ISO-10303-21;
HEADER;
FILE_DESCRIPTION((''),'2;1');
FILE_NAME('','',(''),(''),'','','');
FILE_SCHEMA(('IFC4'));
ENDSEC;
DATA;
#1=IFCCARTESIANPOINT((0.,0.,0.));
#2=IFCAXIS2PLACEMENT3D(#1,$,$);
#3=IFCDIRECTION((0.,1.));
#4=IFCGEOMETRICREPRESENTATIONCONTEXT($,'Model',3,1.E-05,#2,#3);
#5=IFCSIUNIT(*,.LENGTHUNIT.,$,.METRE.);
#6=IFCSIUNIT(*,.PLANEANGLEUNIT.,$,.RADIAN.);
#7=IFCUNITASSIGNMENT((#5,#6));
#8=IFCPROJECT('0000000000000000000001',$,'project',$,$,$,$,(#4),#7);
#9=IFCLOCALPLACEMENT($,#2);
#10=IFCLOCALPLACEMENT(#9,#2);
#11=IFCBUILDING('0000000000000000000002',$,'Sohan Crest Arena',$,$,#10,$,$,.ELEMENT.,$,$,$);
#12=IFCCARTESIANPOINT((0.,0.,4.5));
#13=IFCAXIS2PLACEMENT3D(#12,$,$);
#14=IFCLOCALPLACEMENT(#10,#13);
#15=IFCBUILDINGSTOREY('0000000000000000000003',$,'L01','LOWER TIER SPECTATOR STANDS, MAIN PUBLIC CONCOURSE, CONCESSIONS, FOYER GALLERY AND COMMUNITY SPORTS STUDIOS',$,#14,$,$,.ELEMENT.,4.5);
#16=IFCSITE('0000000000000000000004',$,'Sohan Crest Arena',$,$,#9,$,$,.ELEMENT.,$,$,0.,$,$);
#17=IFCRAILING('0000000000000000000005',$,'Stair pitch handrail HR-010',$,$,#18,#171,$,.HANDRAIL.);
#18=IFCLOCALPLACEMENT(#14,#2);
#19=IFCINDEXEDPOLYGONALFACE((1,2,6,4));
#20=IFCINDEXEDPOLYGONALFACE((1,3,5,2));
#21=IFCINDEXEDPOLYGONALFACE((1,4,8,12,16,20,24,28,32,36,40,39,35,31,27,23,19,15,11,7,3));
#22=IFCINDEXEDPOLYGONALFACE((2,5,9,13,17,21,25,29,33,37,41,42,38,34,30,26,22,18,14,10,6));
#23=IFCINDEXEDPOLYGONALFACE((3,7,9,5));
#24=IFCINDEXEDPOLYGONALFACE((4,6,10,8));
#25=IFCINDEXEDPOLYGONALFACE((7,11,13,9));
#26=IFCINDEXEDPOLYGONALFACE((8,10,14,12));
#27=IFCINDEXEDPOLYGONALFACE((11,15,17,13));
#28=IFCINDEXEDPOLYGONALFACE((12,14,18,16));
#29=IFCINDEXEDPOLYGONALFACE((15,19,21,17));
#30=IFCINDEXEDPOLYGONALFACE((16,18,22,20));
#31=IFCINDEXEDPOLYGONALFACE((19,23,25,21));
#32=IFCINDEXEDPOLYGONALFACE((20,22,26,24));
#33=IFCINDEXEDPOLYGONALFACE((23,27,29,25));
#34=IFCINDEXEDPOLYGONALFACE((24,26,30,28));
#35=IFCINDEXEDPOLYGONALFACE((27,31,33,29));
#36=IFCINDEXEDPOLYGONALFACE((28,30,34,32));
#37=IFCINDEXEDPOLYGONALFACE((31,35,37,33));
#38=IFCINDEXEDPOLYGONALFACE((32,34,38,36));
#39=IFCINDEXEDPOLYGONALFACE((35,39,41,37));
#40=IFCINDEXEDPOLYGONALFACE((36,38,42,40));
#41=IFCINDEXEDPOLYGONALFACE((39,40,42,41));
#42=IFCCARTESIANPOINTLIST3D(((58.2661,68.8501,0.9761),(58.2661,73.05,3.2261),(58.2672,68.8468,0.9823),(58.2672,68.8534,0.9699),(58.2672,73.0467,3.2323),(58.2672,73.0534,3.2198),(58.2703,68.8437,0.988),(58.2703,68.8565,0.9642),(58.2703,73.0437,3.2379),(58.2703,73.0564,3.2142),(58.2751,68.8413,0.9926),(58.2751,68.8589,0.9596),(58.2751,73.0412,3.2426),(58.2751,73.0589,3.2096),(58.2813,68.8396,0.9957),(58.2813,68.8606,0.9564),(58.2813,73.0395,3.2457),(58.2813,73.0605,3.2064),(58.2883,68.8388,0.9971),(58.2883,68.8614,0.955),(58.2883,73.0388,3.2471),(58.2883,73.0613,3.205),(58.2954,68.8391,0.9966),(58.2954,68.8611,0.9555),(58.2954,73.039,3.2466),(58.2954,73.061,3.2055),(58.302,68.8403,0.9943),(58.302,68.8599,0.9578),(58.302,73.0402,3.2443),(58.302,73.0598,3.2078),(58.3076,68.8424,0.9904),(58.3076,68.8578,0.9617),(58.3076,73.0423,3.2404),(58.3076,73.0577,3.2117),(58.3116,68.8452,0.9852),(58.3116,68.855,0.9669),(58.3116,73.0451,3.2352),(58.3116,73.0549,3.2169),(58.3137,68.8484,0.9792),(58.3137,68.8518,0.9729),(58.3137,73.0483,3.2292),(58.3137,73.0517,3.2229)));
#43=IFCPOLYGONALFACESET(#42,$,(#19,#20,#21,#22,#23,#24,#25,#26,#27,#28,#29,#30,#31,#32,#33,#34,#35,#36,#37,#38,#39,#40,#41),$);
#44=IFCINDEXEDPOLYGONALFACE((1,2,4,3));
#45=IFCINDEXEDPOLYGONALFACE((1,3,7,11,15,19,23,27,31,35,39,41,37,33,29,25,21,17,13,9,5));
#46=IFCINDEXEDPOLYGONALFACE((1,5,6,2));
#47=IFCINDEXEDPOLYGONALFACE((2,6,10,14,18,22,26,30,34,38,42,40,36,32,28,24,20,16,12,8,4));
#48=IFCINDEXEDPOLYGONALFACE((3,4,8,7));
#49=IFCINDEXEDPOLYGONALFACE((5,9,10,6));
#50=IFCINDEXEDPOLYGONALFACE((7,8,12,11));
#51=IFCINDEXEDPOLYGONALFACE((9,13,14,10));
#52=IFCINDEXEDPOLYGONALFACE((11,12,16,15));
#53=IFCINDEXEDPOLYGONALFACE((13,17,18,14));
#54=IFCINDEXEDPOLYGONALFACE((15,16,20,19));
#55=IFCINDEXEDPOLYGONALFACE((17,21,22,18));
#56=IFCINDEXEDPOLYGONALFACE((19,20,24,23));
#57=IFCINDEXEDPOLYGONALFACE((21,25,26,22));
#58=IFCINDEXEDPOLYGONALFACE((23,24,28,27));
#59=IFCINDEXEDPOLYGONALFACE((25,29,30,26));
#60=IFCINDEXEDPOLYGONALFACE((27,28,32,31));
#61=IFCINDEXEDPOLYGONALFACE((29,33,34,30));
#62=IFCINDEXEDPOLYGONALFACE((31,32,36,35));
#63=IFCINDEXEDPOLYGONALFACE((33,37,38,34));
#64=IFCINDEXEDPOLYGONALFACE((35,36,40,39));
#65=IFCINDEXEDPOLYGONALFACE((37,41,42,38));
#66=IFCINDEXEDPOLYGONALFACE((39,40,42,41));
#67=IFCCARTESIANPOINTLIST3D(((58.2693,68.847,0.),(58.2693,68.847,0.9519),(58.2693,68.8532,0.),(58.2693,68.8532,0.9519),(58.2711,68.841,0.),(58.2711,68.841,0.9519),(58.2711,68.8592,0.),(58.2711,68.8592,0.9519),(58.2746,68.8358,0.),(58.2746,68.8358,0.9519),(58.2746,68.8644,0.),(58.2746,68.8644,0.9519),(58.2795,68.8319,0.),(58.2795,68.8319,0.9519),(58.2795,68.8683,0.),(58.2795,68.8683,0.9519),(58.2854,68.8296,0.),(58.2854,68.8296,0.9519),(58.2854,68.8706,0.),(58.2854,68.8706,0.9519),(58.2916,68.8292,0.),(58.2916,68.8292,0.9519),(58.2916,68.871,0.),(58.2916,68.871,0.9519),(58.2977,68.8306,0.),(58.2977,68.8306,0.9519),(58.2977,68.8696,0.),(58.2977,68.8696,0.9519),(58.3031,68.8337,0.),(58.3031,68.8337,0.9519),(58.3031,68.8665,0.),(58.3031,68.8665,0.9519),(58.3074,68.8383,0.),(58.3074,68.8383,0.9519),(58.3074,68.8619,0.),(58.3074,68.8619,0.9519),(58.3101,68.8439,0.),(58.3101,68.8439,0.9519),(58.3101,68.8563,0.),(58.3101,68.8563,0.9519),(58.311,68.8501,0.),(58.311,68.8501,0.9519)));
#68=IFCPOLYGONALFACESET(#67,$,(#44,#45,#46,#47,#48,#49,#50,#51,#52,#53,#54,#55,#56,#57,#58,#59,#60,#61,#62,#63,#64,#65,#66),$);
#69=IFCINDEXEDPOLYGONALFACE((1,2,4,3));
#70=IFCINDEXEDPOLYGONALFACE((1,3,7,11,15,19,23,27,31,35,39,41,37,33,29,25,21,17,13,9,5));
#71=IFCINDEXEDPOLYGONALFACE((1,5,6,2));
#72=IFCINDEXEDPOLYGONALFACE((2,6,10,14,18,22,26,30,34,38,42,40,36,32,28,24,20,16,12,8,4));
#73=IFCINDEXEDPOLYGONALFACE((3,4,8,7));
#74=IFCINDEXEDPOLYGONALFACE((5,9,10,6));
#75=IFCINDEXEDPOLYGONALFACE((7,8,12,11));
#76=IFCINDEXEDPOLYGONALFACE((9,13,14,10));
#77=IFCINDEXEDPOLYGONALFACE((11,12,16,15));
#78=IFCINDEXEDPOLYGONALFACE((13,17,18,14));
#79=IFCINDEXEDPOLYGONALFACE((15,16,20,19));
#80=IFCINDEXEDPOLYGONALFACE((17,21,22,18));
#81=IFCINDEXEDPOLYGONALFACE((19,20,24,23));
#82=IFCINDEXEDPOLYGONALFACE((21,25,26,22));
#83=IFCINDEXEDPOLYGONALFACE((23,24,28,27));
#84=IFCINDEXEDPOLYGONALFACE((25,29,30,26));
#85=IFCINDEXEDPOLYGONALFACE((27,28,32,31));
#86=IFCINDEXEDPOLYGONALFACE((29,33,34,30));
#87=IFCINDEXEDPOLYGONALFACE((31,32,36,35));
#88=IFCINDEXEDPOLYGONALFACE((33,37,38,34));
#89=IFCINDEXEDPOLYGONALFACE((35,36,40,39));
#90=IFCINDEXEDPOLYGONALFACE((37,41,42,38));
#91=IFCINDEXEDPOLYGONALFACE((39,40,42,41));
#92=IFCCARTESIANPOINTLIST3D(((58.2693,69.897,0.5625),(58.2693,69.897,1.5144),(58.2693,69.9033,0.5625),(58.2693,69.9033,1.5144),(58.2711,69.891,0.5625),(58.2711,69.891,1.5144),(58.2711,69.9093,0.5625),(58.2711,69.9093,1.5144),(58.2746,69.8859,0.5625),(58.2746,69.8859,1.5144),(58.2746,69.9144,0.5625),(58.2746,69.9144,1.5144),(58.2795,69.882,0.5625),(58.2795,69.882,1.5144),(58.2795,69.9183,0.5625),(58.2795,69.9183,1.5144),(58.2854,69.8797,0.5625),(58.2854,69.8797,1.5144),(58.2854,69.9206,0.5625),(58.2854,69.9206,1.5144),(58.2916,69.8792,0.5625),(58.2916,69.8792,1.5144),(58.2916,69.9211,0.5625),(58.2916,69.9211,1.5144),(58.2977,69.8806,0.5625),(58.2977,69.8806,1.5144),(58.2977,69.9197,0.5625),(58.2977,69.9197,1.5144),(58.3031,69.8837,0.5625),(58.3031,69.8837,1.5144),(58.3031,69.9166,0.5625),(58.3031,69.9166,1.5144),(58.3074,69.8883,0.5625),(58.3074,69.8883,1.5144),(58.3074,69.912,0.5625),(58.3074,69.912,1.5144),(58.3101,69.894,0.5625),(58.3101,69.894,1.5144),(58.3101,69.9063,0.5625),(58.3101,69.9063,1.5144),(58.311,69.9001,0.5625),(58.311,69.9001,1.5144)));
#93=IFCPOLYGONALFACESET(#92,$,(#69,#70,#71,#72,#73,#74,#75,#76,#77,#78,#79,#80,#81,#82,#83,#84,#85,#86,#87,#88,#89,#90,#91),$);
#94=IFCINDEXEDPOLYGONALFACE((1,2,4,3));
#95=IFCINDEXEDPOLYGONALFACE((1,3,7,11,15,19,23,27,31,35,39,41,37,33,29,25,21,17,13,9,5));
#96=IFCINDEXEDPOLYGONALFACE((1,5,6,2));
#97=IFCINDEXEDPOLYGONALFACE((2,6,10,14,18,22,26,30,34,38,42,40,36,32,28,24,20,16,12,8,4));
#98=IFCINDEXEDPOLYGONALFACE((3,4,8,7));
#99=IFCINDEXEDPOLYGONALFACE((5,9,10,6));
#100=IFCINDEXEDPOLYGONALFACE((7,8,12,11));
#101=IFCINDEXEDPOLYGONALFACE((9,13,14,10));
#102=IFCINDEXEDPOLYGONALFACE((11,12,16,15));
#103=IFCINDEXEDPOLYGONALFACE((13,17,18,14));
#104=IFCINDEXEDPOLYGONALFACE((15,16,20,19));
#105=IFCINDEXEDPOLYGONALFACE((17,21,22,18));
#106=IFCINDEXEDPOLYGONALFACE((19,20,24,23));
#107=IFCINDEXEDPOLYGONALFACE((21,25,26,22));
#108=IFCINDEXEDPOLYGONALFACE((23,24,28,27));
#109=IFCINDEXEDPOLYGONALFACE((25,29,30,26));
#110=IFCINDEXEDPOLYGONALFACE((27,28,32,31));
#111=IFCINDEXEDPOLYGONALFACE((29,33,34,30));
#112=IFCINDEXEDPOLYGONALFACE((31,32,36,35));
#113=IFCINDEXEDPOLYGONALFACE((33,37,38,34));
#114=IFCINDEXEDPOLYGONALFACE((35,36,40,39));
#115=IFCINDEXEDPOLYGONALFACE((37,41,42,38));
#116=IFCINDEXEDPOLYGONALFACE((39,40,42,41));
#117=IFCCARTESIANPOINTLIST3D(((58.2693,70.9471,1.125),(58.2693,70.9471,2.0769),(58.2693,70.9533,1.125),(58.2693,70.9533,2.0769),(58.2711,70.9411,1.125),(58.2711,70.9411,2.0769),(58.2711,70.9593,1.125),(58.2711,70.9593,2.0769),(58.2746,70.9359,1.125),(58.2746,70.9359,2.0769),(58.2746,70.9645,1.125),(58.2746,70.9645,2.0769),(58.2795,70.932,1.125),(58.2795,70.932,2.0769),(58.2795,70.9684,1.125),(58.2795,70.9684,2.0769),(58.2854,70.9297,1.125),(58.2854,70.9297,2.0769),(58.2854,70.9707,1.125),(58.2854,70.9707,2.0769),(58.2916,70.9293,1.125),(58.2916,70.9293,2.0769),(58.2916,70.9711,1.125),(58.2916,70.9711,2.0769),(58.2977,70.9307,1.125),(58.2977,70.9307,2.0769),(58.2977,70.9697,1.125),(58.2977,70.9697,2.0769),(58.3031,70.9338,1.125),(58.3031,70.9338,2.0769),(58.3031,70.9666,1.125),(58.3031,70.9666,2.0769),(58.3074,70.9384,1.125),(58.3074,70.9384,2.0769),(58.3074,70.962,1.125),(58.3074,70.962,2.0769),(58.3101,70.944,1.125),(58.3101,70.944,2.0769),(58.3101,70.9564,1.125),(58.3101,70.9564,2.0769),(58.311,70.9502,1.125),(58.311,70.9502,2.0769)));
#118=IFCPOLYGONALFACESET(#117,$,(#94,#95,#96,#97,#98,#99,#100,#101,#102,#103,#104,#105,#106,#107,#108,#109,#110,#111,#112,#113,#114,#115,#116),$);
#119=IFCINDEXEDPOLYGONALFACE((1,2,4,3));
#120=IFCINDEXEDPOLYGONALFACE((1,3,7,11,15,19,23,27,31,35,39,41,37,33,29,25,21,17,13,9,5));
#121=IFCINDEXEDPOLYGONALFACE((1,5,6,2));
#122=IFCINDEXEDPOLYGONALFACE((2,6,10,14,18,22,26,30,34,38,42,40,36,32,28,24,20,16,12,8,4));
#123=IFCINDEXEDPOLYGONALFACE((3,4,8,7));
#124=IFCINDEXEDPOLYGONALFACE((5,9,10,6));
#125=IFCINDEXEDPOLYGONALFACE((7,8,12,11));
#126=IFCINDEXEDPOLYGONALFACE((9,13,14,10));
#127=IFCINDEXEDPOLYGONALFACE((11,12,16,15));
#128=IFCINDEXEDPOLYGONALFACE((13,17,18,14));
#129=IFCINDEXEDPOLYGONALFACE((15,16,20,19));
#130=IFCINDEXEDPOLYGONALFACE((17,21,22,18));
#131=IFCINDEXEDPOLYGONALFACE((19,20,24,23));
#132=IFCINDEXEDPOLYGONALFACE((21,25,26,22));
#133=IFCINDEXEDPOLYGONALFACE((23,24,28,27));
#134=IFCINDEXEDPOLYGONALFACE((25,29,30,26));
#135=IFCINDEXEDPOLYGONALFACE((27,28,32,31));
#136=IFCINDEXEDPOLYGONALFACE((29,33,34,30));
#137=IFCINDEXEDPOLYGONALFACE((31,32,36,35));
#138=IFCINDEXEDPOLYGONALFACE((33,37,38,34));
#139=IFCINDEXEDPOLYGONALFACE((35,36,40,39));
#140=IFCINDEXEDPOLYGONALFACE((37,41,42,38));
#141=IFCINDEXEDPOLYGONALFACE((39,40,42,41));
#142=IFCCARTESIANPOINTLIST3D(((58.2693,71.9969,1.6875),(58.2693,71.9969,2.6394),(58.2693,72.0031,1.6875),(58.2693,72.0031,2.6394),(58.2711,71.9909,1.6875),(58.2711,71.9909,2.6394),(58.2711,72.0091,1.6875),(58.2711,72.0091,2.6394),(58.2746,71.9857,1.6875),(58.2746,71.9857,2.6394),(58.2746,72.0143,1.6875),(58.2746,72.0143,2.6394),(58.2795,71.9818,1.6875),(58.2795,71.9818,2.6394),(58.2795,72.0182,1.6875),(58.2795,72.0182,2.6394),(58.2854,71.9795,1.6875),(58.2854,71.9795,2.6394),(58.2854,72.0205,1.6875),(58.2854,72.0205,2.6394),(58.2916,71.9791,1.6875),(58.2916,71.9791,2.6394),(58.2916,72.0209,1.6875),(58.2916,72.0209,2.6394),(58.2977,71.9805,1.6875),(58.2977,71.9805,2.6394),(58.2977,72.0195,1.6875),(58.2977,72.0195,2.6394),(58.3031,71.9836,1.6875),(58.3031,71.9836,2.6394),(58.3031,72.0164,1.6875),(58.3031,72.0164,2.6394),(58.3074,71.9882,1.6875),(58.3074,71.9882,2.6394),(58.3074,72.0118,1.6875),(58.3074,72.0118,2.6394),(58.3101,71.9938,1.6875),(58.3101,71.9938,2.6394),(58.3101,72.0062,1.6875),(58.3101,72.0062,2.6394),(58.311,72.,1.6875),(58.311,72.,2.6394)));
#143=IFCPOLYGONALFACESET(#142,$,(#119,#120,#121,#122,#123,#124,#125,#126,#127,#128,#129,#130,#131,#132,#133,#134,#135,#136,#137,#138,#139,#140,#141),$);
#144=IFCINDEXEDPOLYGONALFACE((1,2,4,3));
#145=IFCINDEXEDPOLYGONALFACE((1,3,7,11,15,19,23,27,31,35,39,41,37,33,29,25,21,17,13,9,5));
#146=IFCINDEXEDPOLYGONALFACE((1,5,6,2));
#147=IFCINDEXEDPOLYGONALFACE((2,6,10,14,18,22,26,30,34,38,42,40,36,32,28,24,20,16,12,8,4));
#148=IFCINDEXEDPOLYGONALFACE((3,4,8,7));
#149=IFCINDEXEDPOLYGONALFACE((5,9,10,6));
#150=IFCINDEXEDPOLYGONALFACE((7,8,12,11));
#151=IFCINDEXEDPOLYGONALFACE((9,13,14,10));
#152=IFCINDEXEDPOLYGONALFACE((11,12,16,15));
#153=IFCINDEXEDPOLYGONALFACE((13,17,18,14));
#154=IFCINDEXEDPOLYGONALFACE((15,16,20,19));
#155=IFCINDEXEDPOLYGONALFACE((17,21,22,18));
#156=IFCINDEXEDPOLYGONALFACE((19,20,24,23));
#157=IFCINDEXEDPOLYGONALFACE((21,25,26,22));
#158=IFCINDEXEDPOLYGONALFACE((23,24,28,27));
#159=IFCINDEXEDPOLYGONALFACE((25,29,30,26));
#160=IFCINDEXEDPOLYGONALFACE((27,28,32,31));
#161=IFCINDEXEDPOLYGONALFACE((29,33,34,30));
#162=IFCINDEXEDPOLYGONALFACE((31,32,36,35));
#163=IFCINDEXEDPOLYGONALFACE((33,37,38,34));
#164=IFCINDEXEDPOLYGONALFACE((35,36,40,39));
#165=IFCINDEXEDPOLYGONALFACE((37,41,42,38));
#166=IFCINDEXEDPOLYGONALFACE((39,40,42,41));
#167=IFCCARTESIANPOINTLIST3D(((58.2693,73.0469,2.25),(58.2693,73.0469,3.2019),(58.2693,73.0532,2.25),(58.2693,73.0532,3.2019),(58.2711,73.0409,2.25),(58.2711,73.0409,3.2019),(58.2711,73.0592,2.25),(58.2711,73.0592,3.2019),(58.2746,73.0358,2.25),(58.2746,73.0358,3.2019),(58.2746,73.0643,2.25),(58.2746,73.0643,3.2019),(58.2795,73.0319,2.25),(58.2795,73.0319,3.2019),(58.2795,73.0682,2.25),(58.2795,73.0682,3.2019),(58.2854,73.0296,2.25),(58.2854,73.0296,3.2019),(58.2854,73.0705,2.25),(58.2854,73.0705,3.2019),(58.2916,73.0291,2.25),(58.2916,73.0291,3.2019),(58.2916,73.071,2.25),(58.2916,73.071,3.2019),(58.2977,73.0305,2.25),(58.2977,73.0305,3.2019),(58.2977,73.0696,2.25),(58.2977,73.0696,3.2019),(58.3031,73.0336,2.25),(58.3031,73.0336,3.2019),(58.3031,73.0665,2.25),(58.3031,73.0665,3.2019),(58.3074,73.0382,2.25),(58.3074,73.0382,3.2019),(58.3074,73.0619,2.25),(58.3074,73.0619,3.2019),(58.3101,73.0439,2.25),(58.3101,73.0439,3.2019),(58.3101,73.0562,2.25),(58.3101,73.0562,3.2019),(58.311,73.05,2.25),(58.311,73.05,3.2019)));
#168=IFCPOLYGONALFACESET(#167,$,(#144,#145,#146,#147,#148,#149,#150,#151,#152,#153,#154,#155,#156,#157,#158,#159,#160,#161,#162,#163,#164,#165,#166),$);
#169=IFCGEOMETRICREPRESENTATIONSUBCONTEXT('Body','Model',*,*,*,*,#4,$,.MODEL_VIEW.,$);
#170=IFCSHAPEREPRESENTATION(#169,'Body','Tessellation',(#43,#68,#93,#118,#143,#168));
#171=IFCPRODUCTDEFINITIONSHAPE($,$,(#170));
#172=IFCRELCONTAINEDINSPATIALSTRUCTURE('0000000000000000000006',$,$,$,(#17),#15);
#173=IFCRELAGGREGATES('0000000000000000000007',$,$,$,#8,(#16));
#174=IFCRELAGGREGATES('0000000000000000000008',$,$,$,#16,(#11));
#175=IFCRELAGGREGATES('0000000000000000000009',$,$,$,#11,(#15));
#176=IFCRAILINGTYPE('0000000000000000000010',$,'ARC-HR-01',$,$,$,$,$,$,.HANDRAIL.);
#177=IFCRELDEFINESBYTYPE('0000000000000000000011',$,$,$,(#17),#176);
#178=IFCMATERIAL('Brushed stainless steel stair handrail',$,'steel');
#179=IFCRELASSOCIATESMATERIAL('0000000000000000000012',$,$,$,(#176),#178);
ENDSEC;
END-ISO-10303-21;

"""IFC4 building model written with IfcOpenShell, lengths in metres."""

from ifc_helpers import new_model, si_unit, direction, frame, origin, origin_2d, place, context, subcontext, project, spatial, circle, extrude, material, type_object, element, save


model = new_model("IFC4")

# Units and contexts
model_context = context("Model", 3, precision=1e-05, world=origin(), true_north=direction((0.0, 1.0)))
body_context = subcontext(model_context, "Body", "Model", "MODEL_VIEW")
ifc_project = project(units=[si_unit("LENGTHUNIT", "METRE"), si_unit("PLANEANGLEUNIT", "RADIAN")], contexts=[model_context])

# Site, building, storey
site_placement = place(None, origin())
site = spatial("IfcSite", under=ifc_project, at=site_placement, Name="Sohan Crest Arena", CompositionType="ELEMENT", RefElevation=0.0)
building_placement = place(site_placement, origin())
building = spatial("IfcBuilding", under=site, at=building_placement, Name="Sohan Crest Arena", CompositionType="ELEMENT")
storey_placement = place(building_placement, frame((0.0, 0.0, 4.5)))
storey = spatial("IfcBuildingStorey", under=building, at=storey_placement, Name="L01", Description="LOWER TIER SPECTATOR STANDS, MAIN PUBLIC CONCOURSE, CONCESSIONS, FOYER GALLERY AND COMMUNITY SPORTS STUDIOS", CompositionType="ELEMENT", Elevation=4.5)

# Railing
ifc_material_1 = material(Name="Brushed stainless steel stair handrail", Category="steel")
railing_type = type_object("IfcRailingType", Name="ARC-HR-01", PredefinedType="HANDRAIL", material=ifc_material_1)
railing_placement = place(storey_placement, frame((58.29, 68.8501, 0.0)))
element("IfcRailing", 1, at=railing_placement, inside=storey, type_object=railing_type, Name="Stair pitch handrail HR-010", PredefinedType="HANDRAIL", context=body_context, shape_type="SweptSolid", body=[
    extrude(circle(Radius=0.0239, at=origin_2d()), frame((0.0, 0.0, 0.9761), z_axis=(0.0, 0.881478, 0.472226), x_axis=(-1.0, 0.0, 0.0)), (0.0, 0.0, 1.0), 4.7646),
    extrude(circle(Radius=0.021, at=origin_2d()), origin(), (0.0, 0.0, 1.0), 0.9519),
    extrude(circle(Radius=0.021, at=origin_2d()), frame((0.0, 1.05, 0.5625)), (0.0, 0.0, 1.0), 0.9519),
    extrude(circle(Radius=0.021, at=origin_2d()), frame((0.0, 2.1001, 1.125)), (0.0, 0.0, 1.0), 0.9519),
    extrude(circle(Radius=0.021, at=origin_2d()), frame((0.0, 3.1499, 1.6875)), (0.0, 0.0, 1.0), 0.9519),
    extrude(circle(Radius=0.021, at=origin_2d()), frame((0.0, 4.2, 2.25)), (0.0, 0.0, 1.0), 0.9519),
])

save(model, "model.ifc")
